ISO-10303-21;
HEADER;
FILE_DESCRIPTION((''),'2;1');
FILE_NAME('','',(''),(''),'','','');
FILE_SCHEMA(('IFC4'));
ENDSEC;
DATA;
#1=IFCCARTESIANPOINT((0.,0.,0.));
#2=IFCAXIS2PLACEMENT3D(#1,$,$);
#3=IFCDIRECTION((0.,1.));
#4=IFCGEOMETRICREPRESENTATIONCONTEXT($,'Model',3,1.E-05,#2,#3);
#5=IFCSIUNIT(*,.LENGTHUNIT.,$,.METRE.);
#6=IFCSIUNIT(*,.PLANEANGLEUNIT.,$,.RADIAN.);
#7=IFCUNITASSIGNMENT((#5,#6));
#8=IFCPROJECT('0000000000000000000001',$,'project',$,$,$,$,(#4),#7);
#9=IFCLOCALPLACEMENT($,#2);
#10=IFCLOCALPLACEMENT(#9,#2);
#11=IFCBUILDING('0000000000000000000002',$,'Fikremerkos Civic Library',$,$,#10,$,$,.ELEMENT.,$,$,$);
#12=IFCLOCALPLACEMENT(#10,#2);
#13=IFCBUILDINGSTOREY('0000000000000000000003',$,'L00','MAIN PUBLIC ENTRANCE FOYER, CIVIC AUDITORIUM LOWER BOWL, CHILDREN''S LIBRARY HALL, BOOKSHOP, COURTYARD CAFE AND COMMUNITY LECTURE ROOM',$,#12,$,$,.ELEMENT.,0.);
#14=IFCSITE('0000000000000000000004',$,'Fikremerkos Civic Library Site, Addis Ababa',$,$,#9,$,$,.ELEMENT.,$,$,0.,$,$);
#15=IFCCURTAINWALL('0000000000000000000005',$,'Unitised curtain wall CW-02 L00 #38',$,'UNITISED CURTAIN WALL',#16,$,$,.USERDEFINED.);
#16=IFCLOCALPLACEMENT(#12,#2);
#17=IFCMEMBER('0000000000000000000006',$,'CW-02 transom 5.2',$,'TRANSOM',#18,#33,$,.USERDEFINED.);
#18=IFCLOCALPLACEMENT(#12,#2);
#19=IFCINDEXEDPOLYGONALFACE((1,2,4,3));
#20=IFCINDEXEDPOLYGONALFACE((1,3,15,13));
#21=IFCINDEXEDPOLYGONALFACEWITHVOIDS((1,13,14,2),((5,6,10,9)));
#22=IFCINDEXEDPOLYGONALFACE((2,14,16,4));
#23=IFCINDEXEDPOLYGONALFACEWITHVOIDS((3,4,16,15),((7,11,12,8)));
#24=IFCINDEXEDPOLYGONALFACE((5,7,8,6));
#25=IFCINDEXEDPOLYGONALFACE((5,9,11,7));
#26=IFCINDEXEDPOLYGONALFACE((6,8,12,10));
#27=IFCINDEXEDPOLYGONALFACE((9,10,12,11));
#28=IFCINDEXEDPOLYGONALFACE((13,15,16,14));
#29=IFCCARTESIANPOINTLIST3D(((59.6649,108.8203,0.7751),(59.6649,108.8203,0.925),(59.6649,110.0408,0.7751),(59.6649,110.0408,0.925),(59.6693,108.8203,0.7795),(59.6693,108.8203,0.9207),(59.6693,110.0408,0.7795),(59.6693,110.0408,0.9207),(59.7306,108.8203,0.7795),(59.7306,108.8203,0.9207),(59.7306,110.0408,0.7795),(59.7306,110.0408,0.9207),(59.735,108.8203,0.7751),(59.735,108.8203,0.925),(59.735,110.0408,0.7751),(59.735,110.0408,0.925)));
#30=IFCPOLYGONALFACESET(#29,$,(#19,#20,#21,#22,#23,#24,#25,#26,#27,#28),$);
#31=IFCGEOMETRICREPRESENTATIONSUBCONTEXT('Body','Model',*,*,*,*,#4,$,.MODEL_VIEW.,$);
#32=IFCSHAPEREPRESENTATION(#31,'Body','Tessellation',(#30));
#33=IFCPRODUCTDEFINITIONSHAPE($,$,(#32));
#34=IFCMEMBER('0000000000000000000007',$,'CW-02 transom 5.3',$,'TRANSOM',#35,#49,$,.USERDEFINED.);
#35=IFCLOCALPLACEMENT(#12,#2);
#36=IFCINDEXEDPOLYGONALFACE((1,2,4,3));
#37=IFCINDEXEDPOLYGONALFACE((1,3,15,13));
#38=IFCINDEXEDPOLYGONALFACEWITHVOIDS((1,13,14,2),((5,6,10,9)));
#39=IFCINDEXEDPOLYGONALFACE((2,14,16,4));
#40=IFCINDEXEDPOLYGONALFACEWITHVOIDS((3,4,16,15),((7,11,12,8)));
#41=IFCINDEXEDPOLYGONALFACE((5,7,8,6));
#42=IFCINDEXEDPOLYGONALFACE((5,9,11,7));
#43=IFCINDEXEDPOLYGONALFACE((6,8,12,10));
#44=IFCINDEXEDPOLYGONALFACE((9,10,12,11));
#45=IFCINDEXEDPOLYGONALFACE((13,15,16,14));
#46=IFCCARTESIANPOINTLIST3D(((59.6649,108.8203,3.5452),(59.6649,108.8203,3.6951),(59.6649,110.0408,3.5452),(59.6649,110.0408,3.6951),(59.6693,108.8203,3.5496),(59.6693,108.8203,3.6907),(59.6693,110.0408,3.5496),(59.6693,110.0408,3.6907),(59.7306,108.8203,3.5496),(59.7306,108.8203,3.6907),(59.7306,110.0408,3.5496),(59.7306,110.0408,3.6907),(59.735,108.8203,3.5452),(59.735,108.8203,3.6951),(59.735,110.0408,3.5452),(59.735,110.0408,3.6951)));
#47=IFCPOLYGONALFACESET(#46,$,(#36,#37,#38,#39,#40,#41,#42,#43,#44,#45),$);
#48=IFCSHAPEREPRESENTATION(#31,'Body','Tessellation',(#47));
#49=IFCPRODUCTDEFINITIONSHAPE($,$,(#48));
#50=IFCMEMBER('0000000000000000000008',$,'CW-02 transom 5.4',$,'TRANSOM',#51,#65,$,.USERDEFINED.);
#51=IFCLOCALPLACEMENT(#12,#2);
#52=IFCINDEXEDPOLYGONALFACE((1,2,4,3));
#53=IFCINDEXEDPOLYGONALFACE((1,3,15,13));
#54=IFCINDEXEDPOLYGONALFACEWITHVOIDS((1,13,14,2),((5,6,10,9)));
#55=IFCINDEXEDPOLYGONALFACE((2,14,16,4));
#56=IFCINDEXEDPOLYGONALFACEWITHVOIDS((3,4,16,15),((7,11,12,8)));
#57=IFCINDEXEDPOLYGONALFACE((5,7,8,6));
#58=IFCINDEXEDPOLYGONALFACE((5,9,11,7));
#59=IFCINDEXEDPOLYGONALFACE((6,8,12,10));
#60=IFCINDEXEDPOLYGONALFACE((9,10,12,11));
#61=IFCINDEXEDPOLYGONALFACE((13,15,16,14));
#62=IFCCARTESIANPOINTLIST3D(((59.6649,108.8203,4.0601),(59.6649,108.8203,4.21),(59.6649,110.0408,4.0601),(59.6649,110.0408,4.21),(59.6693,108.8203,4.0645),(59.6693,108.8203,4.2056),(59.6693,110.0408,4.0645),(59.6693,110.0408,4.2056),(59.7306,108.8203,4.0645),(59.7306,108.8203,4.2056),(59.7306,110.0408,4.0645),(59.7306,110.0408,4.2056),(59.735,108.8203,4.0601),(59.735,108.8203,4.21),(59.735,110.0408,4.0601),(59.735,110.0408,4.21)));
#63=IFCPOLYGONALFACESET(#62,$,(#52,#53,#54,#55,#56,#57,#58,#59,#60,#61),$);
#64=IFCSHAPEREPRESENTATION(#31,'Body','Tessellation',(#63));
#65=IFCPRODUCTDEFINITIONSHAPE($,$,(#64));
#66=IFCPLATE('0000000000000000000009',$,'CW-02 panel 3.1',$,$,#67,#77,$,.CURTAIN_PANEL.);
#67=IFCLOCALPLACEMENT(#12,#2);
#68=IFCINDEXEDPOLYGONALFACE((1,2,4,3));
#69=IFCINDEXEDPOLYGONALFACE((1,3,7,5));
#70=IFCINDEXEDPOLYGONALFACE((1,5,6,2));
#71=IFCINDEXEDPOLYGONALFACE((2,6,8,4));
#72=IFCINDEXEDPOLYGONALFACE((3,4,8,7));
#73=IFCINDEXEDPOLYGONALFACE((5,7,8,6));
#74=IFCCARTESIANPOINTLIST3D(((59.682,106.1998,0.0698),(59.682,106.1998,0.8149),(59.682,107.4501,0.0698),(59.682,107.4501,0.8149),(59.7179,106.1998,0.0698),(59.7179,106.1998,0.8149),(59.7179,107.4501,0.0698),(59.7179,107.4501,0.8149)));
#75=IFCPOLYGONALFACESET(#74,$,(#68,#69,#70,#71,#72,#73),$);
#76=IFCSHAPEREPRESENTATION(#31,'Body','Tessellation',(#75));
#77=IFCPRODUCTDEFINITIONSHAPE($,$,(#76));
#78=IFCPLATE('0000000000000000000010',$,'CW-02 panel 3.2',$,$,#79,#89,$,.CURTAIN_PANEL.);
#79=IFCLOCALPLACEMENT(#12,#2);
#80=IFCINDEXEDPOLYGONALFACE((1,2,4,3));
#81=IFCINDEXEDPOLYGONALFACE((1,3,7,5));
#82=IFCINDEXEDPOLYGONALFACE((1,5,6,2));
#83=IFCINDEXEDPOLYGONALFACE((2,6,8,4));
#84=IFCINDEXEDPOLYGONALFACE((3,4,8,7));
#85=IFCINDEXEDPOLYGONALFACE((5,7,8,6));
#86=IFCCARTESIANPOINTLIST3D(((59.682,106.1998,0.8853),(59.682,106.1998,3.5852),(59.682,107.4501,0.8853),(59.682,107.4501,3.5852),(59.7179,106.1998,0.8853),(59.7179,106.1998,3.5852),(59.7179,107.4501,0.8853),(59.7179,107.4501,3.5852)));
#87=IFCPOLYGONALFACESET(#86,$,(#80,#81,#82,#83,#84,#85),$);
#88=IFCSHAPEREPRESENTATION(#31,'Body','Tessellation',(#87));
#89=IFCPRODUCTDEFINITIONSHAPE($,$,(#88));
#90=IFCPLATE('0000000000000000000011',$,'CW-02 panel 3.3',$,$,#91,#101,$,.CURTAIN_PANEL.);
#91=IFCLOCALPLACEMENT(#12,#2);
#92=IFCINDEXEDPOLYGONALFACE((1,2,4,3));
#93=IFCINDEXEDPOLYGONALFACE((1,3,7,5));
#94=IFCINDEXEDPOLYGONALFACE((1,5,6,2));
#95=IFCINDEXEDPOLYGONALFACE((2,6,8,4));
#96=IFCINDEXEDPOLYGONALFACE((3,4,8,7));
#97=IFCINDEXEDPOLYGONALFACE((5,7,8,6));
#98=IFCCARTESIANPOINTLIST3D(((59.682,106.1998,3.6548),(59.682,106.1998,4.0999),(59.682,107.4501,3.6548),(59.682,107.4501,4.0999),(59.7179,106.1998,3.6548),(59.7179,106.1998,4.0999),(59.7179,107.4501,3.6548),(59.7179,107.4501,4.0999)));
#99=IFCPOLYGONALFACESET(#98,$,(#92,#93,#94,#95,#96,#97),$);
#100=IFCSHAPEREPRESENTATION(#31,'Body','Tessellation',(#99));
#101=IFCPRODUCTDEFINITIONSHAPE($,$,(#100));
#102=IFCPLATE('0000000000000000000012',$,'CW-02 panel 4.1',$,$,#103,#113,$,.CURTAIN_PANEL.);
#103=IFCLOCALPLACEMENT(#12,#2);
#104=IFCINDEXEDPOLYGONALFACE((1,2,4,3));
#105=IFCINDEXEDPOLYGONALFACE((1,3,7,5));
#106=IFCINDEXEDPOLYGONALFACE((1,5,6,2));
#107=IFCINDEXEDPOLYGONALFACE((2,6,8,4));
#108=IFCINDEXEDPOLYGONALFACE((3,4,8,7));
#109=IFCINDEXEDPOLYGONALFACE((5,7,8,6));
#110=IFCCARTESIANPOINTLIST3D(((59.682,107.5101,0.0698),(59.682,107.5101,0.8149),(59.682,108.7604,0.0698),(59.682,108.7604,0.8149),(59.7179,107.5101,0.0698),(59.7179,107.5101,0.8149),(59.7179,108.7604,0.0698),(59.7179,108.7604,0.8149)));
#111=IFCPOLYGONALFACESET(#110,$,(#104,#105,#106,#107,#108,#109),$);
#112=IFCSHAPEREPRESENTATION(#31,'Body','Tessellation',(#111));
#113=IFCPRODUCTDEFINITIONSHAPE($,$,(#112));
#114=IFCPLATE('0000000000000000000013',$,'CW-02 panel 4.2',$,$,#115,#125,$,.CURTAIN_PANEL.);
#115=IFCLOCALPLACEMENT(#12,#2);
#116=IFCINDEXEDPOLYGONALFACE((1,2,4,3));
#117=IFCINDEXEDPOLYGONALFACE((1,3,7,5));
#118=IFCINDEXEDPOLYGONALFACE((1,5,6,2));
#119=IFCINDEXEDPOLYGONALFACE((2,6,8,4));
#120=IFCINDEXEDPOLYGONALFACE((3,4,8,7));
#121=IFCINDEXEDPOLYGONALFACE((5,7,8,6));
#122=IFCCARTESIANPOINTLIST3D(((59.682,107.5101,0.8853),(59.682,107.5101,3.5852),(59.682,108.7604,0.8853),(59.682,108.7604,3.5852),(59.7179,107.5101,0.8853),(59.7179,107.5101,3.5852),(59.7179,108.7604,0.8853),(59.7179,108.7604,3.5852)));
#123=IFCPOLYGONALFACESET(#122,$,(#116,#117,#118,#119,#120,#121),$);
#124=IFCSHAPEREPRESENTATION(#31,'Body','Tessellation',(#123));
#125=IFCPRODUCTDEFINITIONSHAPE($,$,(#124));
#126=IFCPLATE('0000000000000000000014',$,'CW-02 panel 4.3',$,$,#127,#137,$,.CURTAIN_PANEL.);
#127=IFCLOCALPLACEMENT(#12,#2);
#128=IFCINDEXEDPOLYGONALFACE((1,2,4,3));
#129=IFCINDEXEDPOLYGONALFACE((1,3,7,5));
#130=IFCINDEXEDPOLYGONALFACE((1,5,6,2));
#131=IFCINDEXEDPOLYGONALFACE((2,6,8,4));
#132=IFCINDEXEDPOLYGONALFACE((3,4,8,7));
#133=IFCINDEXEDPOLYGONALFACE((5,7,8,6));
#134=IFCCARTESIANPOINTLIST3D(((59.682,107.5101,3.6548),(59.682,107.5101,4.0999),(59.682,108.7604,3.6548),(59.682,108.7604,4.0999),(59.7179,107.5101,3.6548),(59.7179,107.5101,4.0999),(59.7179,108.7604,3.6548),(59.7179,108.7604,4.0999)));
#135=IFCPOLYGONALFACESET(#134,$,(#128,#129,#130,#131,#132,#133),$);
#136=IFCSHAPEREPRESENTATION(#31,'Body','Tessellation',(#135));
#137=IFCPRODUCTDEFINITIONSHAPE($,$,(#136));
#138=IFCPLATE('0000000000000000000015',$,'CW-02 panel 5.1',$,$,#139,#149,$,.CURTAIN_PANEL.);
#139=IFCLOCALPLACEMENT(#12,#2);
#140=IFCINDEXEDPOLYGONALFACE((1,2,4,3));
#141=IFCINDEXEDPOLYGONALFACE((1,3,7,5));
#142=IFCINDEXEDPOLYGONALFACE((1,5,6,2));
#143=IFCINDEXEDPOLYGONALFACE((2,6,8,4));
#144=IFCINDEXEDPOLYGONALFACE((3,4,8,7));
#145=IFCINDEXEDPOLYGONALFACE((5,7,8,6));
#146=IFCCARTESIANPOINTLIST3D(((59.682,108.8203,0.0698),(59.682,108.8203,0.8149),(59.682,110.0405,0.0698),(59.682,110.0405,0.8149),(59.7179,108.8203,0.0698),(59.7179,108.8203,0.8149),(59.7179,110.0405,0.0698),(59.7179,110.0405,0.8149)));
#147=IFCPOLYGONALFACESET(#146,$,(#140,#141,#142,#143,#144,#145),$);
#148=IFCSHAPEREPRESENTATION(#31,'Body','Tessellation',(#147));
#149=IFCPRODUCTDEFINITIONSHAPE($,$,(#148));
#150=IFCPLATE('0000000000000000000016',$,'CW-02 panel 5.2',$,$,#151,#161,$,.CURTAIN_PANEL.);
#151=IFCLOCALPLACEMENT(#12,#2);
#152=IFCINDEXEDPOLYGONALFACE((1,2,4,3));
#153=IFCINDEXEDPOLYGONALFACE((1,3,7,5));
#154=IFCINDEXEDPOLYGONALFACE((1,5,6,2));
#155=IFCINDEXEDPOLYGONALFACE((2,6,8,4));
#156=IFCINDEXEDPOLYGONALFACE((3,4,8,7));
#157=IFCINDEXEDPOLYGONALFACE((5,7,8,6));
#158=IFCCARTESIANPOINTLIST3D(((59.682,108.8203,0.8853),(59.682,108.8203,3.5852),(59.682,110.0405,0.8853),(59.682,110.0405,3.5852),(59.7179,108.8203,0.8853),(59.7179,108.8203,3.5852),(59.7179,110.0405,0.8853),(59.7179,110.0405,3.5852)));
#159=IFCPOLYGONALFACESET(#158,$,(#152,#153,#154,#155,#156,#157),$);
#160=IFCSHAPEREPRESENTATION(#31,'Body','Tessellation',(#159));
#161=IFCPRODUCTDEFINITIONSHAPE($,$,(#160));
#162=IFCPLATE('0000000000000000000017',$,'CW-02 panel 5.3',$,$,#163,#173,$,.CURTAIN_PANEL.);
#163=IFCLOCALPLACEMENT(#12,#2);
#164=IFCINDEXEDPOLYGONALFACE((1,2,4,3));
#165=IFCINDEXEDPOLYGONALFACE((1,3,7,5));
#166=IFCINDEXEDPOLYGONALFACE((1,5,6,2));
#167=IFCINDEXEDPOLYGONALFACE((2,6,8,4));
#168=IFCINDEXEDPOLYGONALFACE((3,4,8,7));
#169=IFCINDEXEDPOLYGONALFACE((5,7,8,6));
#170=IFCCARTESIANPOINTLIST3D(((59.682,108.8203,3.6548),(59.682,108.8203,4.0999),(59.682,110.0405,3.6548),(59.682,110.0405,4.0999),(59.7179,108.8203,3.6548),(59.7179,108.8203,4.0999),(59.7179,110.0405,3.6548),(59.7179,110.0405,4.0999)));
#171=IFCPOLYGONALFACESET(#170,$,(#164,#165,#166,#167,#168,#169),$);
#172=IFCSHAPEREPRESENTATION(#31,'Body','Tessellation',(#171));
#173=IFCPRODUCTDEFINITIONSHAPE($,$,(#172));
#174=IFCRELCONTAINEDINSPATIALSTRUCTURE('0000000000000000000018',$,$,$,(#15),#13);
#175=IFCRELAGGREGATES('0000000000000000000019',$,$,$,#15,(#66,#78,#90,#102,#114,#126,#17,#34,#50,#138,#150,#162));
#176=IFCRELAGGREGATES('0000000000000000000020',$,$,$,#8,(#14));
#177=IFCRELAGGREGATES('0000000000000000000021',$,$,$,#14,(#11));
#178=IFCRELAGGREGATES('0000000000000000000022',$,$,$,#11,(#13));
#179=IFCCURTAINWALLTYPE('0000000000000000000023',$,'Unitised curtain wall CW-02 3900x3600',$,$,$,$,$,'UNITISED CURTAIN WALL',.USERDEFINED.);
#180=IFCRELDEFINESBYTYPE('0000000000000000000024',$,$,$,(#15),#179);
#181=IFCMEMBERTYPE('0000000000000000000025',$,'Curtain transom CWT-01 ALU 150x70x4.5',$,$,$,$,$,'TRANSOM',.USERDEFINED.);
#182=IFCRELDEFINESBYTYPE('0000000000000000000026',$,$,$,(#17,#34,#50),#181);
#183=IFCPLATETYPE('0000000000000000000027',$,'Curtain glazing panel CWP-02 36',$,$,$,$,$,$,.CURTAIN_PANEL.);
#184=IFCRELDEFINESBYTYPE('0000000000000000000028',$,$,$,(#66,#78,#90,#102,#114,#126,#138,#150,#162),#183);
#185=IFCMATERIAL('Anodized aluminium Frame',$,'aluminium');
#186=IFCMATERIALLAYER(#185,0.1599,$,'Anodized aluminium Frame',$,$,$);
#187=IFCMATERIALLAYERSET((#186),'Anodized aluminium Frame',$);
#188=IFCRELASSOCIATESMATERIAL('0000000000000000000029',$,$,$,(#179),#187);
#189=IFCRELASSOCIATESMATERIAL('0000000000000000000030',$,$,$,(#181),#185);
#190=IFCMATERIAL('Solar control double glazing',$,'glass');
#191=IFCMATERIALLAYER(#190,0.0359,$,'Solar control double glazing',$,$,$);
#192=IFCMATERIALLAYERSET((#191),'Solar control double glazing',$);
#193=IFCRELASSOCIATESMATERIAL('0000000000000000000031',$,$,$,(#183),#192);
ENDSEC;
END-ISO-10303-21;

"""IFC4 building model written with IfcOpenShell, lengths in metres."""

from ifc_helpers import new_model, si_unit, direction, frame, origin, origin_2d, place, context, subcontext, project, spatial, rectangle, hollow_rectangle, extrude, material, layer, layer_set, material_profile, profile_set, type_object, element, aggregate, save


model = new_model("IFC4")

# Units and contexts
model_context = context("Model", 3, precision=1e-05, world=origin(), true_north=direction((0.0, 1.0)))
body_context = subcontext(model_context, "Body", "Model", "MODEL_VIEW")
ifc_project = project(units=[si_unit("LENGTHUNIT", "METRE"), si_unit("PLANEANGLEUNIT", "RADIAN")], contexts=[model_context])

# Site, building, storey
site_placement = place(None, origin())
site = spatial("IfcSite", under=ifc_project, at=site_placement, Name="Fikremerkos Civic Library Site, Addis Ababa", CompositionType="ELEMENT", RefElevation=0.0)
building_placement = place(site_placement, origin())
building = spatial("IfcBuilding", under=site, at=building_placement, Name="Fikremerkos Civic Library", CompositionType="ELEMENT")
storey_placement = place(building_placement, origin())
storey = spatial("IfcBuildingStorey", under=building, at=storey_placement, Name="L00", Description="MAIN PUBLIC ENTRANCE FOYER, CIVIC AUDITORIUM LOWER BOWL, CHILDREN'S LIBRARY HALL, BOOKSHOP, COURTYARD CAFE AND COMMUNITY LECTURE ROOM", CompositionType="ELEMENT", Elevation=0.0)

# Curtain wall, members, plates
ifc_material_1 = material(Name="Anodized aluminium Frame", Category="aluminium")
ifc_layer_1 = layer(ifc_material_1, 0.1599, Name="Anodized aluminium Frame")
ifc_layer_set_1 = layer_set([ifc_layer_1], Name="Anodized aluminium Frame")
curtain_wall_type = type_object("IfcCurtainWallType", Name="Unitised curtain wall CW-02 3900x3600", ElementType="UNITISED CURTAIN WALL", PredefinedType="USERDEFINED", material=ifc_layer_set_1)
curtain_wall_placement = place(storey_placement, origin())
curtain_wall = element("IfcCurtainWall", 1, at=curtain_wall_placement, inside=storey, type_object=curtain_wall_type, Name="Unitised curtain wall CW-02 L00 #38", ObjectType="UNITISED CURTAIN WALL", PredefinedType="USERDEFINED")
ifc_material_profile_1 = material_profile(ifc_material_1, hollow_rectangle(XDim=0.0701, YDim=0.1499, WallThickness=0.0044, at=origin_2d()), Name="ALU 150x70x4.5")
ifc_profile_set_1 = profile_set([ifc_material_profile_1], Name="Anodized aluminium Frame")
member_type_1 = type_object("IfcMemberType", Name="Curtain transom CWT-01 ALU 150x70x4.5", ElementType="TRANSOM", PredefinedType="USERDEFINED", material=ifc_profile_set_1)
member_1_placement = place(storey_placement, frame((59.7, 108.8203, 0.8501), z_axis=(0.0, 1.0, 0.0), x_axis=(-1.0, 0.0, 0.0)))
member_1 = element("IfcMember", 2, at=member_1_placement, type_object=member_type_1, Name="CW-02 transom 5.2", ObjectType="TRANSOM", PredefinedType="USERDEFINED", context=body_context, shape_type="SweptSolid", body=[
    extrude(hollow_rectangle(XDim=0.0701, YDim=0.1499, WallThickness=0.0044, at=origin_2d()), origin(), (0.0, 0.0, 1.0), 1.2205),
])
member_2_placement = place(storey_placement, frame((59.7, 108.8203, 3.6201), z_axis=(0.0, 1.0, 0.0), x_axis=(-1.0, 0.0, 0.0)))
member_2 = element("IfcMember", 3, at=member_2_placement, type_object=member_type_1, Name="CW-02 transom 5.3", ObjectType="TRANSOM", PredefinedType="USERDEFINED", context=body_context, shape_type="SweptSolid", body=[
    extrude(hollow_rectangle(XDim=0.0701, YDim=0.1499, WallThickness=0.0044, at=origin_2d()), origin(), (0.0, 0.0, 1.0), 1.2205),
])
member_3_placement = place(storey_placement, frame((59.7, 108.8203, 4.135), z_axis=(0.0, 1.0, 0.0), x_axis=(-1.0, 0.0, 0.0)))
member_3 = element("IfcMember", 4, at=member_3_placement, type_object=member_type_1, Name="CW-02 transom 5.4", ObjectType="TRANSOM", PredefinedType="USERDEFINED", context=body_context, shape_type="SweptSolid", body=[
    extrude(hollow_rectangle(XDim=0.0701, YDim=0.1499, WallThickness=0.0044, at=origin_2d()), origin(), (0.0, 0.0, 1.0), 1.2205),
])
ifc_material_2 = material(Name="Solar control double glazing", Category="glass")
ifc_layer_2 = layer(ifc_material_2, 0.0359, Name="Solar control double glazing")
ifc_layer_set_2 = layer_set([ifc_layer_2], Name="Solar control double glazing")
plate_type = type_object("IfcPlateType", Name="Curtain glazing panel CWP-02 36", PredefinedType="CURTAIN_PANEL", material=ifc_layer_set_2)
plate_1_placement = place(storey_placement, frame((59.7, 106.825, 0.0698), z_axis=(0.0, 0.0, 1.0), x_axis=(0.0, 1.0, 0.0)))
plate_1 = element("IfcPlate", 5, at=plate_1_placement, type_object=plate_type, Name="CW-02 panel 3.1", PredefinedType="CURTAIN_PANEL", context=body_context, shape_type="SweptSolid", body=[
    extrude(rectangle(XDim=1.2502, YDim=0.0359, at=origin_2d()), origin(), (0.0, 0.0, 1.0), 0.7451),
])
plate_2_placement = place(storey_placement, frame((59.7, 106.825, 0.8853), z_axis=(0.0, 0.0, 1.0), x_axis=(0.0, 1.0, 0.0)))
plate_2 = element("IfcPlate", 6, at=plate_2_placement, type_object=plate_type, Name="CW-02 panel 3.2", PredefinedType="CURTAIN_PANEL", context=body_context, shape_type="SweptSolid", body=[
    extrude(rectangle(XDim=1.2502, YDim=0.0359, at=origin_2d()), origin(), (0.0, 0.0, 1.0), 2.7),
])
plate_3_placement = place(storey_placement, frame((59.7, 106.825, 3.6548), z_axis=(0.0, 0.0, 1.0), x_axis=(0.0, 1.0, 0.0)))
plate_3 = element("IfcPlate", 7, at=plate_3_placement, type_object=plate_type, Name="CW-02 panel 3.3", PredefinedType="CURTAIN_PANEL", context=body_context, shape_type="SweptSolid", body=[
    extrude(rectangle(XDim=1.2502, YDim=0.0359, at=origin_2d()), origin(), (0.0, 0.0, 1.0), 0.4451),
])
plate_4_placement = place(storey_placement, frame((59.7, 108.1353, 0.0698), z_axis=(0.0, 0.0, 1.0), x_axis=(0.0, 1.0, 0.0)))
plate_4 = element("IfcPlate", 8, at=plate_4_placement, type_object=plate_type, Name="CW-02 panel 4.1", PredefinedType="CURTAIN_PANEL", context=body_context, shape_type="SweptSolid", body=[
    extrude(rectangle(XDim=1.2502, YDim=0.0359, at=origin_2d()), origin(), (0.0, 0.0, 1.0), 0.7451),
])
plate_5_placement = place(storey_placement, frame((59.7, 108.1353, 0.8853), z_axis=(0.0, 0.0, 1.0), x_axis=(0.0, 1.0, 0.0)))
plate_5 = element("IfcPlate", 9, at=plate_5_placement, type_object=plate_type, Name="CW-02 panel 4.2", PredefinedType="CURTAIN_PANEL", context=body_context, shape_type="SweptSolid", body=[
    extrude(rectangle(XDim=1.2502, YDim=0.0359, at=origin_2d()), origin(), (0.0, 0.0, 1.0), 2.7),
])
plate_6_placement = place(storey_placement, frame((59.7, 108.1353, 3.6548), z_axis=(0.0, 0.0, 1.0), x_axis=(0.0, 1.0, 0.0)))
plate_6 = element("IfcPlate", 10, at=plate_6_placement, type_object=plate_type, Name="CW-02 panel 4.3", PredefinedType="CURTAIN_PANEL", context=body_context, shape_type="SweptSolid", body=[
    extrude(rectangle(XDim=1.2502, YDim=0.0359, at=origin_2d()), origin(), (0.0, 0.0, 1.0), 0.4451),
])
plate_7_placement = place(storey_placement, frame((59.7, 109.4304, 0.0698), z_axis=(0.0, 0.0, 1.0), x_axis=(0.0, 1.0, 0.0)))
plate_7 = element("IfcPlate", 11, at=plate_7_placement, type_object=plate_type, Name="CW-02 panel 5.1", PredefinedType="CURTAIN_PANEL", context=body_context, shape_type="SweptSolid", body=[
    extrude(rectangle(XDim=1.2202, YDim=0.0359, at=origin_2d()), origin(), (0.0, 0.0, 1.0), 0.7451),
])
plate_8_placement = place(storey_placement, frame((59.7, 109.4304, 0.8853), z_axis=(0.0, 0.0, 1.0), x_axis=(0.0, 1.0, 0.0)))
plate_8 = element("IfcPlate", 12, at=plate_8_placement, type_object=plate_type, Name="CW-02 panel 5.2", PredefinedType="CURTAIN_PANEL", context=body_context, shape_type="SweptSolid", body=[
    extrude(rectangle(XDim=1.2202, YDim=0.0359, at=origin_2d()), origin(), (0.0, 0.0, 1.0), 2.7),
])
plate_9_placement = place(storey_placement, frame((59.7, 109.4304, 3.6548), z_axis=(0.0, 0.0, 1.0), x_axis=(0.0, 1.0, 0.0)))
plate_9 = element("IfcPlate", 13, at=plate_9_placement, type_object=plate_type, Name="CW-02 panel 5.3", PredefinedType="CURTAIN_PANEL", context=body_context, shape_type="SweptSolid", body=[
    extrude(rectangle(XDim=1.2202, YDim=0.0359, at=origin_2d()), origin(), (0.0, 0.0, 1.0), 0.4451),
])
aggregate(curtain_wall, [plate_1, plate_2, plate_3, plate_4, plate_5, plate_6, member_1, member_2, member_3, plate_7, plate_8, plate_9])

save(model, "model.ifc")
